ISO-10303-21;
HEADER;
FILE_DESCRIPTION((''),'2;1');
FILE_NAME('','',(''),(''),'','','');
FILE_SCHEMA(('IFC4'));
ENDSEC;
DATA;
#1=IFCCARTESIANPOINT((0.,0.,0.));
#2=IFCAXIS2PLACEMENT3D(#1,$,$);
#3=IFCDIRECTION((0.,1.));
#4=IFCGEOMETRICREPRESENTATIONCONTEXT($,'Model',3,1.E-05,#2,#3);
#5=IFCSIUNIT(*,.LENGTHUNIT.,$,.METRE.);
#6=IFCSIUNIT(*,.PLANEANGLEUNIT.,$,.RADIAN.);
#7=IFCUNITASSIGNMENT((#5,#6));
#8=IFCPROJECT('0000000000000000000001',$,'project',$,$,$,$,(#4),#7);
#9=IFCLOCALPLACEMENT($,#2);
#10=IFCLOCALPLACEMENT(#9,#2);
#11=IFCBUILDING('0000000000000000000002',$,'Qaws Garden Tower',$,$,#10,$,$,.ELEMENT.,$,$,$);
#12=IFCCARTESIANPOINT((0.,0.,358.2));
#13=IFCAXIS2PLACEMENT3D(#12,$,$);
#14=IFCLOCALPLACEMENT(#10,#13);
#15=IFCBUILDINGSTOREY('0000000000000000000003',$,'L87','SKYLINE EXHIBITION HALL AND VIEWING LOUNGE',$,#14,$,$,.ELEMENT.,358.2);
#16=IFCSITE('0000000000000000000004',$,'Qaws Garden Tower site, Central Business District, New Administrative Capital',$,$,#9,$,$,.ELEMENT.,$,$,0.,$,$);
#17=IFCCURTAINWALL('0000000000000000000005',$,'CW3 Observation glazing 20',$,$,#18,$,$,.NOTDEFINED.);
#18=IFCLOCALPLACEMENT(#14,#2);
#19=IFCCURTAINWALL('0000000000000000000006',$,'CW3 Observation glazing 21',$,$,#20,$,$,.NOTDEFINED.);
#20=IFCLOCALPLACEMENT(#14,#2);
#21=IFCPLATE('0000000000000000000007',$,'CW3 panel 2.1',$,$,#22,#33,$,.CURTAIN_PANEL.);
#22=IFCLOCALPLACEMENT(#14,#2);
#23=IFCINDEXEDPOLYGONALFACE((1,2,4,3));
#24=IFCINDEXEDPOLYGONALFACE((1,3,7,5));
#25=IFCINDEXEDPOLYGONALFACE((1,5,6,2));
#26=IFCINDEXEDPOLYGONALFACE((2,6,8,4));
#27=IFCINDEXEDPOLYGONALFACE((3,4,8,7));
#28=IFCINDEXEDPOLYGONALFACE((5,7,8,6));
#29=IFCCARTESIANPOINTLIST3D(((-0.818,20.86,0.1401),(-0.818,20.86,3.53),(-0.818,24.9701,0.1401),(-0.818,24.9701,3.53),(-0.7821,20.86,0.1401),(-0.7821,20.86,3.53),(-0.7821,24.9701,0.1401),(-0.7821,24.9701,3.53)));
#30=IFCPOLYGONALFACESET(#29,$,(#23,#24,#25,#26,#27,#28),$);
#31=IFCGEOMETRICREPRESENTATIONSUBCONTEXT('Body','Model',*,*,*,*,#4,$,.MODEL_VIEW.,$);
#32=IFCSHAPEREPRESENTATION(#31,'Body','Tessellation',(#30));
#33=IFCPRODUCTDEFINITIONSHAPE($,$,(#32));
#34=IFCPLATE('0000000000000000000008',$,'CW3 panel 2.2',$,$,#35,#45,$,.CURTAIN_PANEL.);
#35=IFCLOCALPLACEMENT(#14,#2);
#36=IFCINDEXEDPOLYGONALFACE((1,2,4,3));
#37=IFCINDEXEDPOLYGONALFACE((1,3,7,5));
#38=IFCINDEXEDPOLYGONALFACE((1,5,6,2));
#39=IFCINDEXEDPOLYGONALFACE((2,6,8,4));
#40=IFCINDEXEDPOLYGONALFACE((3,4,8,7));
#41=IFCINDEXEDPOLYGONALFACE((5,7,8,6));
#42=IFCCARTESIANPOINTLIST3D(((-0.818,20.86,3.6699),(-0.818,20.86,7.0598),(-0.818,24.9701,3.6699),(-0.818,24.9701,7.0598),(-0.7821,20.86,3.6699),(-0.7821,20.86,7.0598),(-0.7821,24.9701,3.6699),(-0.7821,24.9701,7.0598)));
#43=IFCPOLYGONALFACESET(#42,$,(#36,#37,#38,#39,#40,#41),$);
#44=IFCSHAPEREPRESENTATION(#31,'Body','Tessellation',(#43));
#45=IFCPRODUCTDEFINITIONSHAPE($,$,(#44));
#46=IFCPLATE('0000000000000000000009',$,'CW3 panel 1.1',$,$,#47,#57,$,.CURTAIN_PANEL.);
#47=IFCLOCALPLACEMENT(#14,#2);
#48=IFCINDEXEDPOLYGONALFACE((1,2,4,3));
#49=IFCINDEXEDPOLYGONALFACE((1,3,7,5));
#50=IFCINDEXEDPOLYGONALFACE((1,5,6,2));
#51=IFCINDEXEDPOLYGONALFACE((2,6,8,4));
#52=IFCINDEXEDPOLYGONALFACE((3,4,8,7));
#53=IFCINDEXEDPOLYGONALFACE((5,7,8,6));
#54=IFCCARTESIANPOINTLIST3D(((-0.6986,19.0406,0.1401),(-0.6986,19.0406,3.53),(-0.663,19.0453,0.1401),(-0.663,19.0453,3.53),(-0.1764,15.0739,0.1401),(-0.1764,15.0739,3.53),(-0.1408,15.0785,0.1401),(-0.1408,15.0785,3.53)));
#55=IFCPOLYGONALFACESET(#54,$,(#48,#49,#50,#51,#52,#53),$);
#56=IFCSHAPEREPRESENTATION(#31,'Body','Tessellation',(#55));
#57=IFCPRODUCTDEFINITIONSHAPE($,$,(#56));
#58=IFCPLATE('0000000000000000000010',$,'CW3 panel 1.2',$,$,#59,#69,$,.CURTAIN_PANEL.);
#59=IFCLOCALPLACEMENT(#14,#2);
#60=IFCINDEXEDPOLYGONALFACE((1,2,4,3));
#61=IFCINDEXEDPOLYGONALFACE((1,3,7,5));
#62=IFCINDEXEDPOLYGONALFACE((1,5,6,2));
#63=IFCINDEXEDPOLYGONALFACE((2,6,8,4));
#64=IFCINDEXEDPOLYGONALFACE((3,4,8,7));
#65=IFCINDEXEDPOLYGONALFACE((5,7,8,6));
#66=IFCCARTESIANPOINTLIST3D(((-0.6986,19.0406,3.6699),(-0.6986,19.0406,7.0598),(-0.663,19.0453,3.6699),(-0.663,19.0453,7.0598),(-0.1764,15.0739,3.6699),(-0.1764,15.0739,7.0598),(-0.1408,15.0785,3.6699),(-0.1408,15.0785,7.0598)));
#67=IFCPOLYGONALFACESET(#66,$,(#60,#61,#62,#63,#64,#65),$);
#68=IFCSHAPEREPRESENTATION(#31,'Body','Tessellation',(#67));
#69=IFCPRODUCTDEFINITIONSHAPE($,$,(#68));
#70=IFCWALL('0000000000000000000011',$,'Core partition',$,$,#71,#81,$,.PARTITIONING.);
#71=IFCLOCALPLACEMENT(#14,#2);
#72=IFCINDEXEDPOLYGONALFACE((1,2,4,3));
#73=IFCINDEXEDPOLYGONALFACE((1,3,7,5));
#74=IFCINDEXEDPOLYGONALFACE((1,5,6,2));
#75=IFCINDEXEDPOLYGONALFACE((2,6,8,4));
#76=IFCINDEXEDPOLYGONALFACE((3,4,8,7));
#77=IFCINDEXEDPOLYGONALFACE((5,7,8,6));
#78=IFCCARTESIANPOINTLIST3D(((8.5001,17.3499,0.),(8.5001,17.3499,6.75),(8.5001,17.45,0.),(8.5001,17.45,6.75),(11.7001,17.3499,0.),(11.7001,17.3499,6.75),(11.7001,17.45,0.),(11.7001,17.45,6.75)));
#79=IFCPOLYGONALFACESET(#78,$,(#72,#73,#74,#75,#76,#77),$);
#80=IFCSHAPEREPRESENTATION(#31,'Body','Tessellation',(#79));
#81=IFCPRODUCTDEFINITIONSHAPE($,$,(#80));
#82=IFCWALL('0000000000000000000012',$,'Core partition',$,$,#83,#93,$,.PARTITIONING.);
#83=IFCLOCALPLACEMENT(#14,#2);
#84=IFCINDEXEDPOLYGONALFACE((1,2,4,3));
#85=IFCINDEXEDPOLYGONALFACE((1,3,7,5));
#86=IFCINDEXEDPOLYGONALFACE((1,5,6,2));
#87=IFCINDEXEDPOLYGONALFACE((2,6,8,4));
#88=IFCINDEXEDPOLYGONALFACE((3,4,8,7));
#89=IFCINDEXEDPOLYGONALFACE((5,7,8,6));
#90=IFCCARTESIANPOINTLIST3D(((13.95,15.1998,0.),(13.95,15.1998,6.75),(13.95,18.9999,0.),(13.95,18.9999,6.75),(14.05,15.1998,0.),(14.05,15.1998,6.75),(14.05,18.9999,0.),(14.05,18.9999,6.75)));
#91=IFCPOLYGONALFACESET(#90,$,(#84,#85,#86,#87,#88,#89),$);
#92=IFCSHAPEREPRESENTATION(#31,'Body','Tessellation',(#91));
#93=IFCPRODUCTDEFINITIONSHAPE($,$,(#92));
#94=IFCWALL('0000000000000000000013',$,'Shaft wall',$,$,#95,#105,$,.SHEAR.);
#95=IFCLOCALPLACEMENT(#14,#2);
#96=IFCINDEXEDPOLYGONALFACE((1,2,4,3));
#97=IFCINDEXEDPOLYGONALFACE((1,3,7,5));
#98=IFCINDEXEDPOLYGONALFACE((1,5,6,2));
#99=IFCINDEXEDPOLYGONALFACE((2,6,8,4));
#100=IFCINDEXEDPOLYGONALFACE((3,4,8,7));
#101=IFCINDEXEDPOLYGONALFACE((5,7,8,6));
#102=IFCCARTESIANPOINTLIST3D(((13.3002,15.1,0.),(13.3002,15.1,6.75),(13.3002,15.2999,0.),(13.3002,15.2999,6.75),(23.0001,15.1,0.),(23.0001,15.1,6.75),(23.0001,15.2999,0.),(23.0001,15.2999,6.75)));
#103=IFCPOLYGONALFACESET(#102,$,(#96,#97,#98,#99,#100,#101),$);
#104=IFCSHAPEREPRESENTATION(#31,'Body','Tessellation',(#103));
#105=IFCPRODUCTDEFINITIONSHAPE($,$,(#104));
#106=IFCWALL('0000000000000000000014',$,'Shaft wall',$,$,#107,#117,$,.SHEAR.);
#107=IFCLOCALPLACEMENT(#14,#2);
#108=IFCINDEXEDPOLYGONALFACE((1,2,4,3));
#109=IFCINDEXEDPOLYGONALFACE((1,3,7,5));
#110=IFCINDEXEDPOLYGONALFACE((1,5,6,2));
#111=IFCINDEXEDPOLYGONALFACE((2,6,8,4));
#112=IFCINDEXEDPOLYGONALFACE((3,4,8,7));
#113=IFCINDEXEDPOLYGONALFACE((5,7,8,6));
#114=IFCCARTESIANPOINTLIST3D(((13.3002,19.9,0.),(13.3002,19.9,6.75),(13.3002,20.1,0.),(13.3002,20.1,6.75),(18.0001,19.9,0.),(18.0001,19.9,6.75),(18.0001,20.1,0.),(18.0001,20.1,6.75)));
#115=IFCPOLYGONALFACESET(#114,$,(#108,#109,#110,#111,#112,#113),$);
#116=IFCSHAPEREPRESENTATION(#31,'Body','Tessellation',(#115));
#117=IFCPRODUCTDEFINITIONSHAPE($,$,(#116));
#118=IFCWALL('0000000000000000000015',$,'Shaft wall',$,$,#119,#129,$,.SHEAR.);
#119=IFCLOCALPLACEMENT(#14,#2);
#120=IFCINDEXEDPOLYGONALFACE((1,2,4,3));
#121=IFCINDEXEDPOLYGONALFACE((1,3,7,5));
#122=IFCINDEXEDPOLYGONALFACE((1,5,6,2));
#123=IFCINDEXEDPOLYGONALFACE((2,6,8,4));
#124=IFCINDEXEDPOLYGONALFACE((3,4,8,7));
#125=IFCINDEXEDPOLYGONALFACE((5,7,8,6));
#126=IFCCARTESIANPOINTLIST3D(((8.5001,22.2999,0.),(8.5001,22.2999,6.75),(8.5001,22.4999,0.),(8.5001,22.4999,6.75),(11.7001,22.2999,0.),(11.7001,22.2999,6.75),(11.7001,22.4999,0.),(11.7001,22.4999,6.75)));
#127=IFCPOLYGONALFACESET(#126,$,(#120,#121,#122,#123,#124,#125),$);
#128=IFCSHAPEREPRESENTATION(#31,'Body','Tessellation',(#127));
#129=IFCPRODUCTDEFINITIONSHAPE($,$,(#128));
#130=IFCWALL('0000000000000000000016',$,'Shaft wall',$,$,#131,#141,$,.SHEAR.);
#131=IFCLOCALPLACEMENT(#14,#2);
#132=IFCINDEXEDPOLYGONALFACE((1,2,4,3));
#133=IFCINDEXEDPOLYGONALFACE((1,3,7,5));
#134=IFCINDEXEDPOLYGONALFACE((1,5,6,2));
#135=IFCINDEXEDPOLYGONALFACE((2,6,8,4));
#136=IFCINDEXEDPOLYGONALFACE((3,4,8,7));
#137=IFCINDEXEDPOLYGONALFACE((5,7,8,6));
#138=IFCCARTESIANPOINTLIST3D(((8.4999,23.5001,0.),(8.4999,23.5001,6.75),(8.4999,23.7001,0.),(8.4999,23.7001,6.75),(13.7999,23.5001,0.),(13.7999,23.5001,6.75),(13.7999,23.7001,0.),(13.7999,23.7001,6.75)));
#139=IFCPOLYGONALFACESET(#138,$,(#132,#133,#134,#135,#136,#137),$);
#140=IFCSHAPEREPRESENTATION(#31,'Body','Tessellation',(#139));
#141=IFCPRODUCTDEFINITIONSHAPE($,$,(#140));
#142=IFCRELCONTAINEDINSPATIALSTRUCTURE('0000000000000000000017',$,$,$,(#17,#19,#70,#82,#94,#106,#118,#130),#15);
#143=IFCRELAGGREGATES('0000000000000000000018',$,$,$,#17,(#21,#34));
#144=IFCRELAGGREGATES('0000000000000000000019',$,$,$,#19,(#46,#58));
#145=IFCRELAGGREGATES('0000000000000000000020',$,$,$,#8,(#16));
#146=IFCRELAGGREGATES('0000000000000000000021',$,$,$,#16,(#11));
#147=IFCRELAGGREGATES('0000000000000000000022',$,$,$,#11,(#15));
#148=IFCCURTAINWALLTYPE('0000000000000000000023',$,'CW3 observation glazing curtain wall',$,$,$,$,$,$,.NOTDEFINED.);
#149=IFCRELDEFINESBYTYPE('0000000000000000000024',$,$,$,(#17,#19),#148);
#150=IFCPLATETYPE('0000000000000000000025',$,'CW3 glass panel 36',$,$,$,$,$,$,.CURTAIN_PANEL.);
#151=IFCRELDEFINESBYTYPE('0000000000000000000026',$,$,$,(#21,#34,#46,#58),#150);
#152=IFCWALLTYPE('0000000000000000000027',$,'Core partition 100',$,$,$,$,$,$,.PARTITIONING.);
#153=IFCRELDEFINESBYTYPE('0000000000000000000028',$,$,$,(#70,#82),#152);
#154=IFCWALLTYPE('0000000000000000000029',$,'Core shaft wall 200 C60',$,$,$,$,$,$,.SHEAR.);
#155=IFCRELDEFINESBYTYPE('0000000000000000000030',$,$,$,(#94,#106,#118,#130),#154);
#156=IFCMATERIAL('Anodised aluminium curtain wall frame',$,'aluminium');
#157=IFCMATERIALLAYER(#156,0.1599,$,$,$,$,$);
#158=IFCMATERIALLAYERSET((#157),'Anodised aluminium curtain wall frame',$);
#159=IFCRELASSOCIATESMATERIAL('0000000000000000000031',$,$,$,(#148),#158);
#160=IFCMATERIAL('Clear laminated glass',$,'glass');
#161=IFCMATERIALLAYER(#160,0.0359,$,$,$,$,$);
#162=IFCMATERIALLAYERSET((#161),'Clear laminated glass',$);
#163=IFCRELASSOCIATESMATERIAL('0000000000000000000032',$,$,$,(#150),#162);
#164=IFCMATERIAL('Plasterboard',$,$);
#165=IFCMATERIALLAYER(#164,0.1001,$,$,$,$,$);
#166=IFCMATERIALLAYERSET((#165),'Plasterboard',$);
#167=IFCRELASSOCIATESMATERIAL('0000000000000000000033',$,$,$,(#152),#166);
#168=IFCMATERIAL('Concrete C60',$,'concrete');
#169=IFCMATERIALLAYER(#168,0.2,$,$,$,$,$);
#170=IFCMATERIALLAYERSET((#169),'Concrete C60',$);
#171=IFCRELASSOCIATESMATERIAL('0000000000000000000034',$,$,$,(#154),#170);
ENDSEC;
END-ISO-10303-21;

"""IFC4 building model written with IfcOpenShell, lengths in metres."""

from ifc_helpers import new_model, si_unit, direction, frame, frame_2d, origin, origin_2d, place, context, subcontext, project, spatial, rectangle, extrude, material, layer, layer_set, type_object, element, aggregate, save


model = new_model("IFC4")

# Units and contexts
model_context = context("Model", 3, precision=1e-05, world=origin(), true_north=direction((0.0, 1.0)))
body_context = subcontext(model_context, "Body", "Model", "MODEL_VIEW")
ifc_project = project(units=[si_unit("LENGTHUNIT", "METRE"), si_unit("PLANEANGLEUNIT", "RADIAN")], contexts=[model_context])

# Site, building, storey
site_placement = place(None, origin())
site = spatial("IfcSite", under=ifc_project, at=site_placement, Name="Qaws Garden Tower site, Central Business District, New Administrative Capital", CompositionType="ELEMENT", RefElevation=0.0)
building_placement = place(site_placement, origin())
building = spatial("IfcBuilding", under=site, at=building_placement, Name="Qaws Garden Tower", CompositionType="ELEMENT")
storey_placement = place(building_placement, frame((0.0, 0.0, 358.2)))
storey = spatial("IfcBuildingStorey", under=building, at=storey_placement, Name="L87", Description="SKYLINE EXHIBITION HALL AND VIEWING LOUNGE", CompositionType="ELEMENT", Elevation=358.2)

# Curtain walls
ifc_material_1 = material(Name="Anodised aluminium curtain wall frame", Category="aluminium")
ifc_layer_1 = layer(ifc_material_1, 0.1599)
ifc_layer_set_1 = layer_set([ifc_layer_1], Name="Anodised aluminium curtain wall frame")
curtain_wall_type = type_object("IfcCurtainWallType", Name="CW3 observation glazing curtain wall", PredefinedType="NOTDEFINED", material=ifc_layer_set_1)
placement = place(storey_placement, origin())
curtain_wall_1 = element("IfcCurtainWall", 1, at=placement, inside=storey, type_object=curtain_wall_type, Name="CW3 Observation glazing 20", PredefinedType="NOTDEFINED")
curtain_wall_2 = element("IfcCurtainWall", 2, at=placement, inside=storey, type_object=curtain_wall_type, Name="CW3 Observation glazing 21", PredefinedType="NOTDEFINED")

# Plates
ifc_material_2 = material(Name="Clear laminated glass", Category="glass")
ifc_layer_2 = layer(ifc_material_2, 0.0359)
ifc_layer_set_2 = layer_set([ifc_layer_2], Name="Clear laminated glass")
plate_type = type_object("IfcPlateType", Name="CW3 glass panel 36", PredefinedType="CURTAIN_PANEL", material=ifc_layer_set_2)
plate_1_placement = place(storey_placement, frame((-0.8, 22.915, 0.1401), z_axis=(0.0, 0.0, 1.0), x_axis=(0.0, -1.0, 0.0)))
plate_1 = element("IfcPlate", 3, at=plate_1_placement, type_object=plate_type, Name="CW3 panel 2.1", PredefinedType="CURTAIN_PANEL", context=body_context, shape_type="SweptSolid", body=[
    extrude(rectangle(XDim=4.1101, YDim=0.0359, at=origin_2d()), origin(), (0.0, 0.0, 1.0), 3.3899),
])
plate_2_placement = place(storey_placement, frame((-0.8, 22.915, 3.6699), z_axis=(0.0, 0.0, 1.0), x_axis=(0.0, -1.0, 0.0)))
plate_2 = element("IfcPlate", 4, at=plate_2_placement, type_object=plate_type, Name="CW3 panel 2.2", PredefinedType="CURTAIN_PANEL", context=body_context, shape_type="SweptSolid", body=[
    extrude(rectangle(XDim=4.1101, YDim=0.0359, at=origin_2d()), origin(), (0.0, 0.0, 1.0), 3.3899),
])
aggregate(curtain_wall_1, [plate_1, plate_2])
plate_3_placement = place(storey_placement, frame((-0.4197, 17.0596, 0.1401), z_axis=(0.0, 0.0, 1.0), x_axis=(0.130526, -0.991445, 0.0)))
plate_3 = element("IfcPlate", 5, at=plate_3_placement, type_object=plate_type, Name="CW3 panel 1.1", PredefinedType="CURTAIN_PANEL", context=body_context, shape_type="SweptSolid", body=[
    extrude(rectangle(XDim=4.001, YDim=0.0359, at=origin_2d()), origin(), (0.0, 0.0, 1.0), 3.3899),
])
plate_4_placement = place(storey_placement, frame((-0.4197, 17.0596, 3.6699), z_axis=(0.0, 0.0, 1.0), x_axis=(0.130526, -0.991445, 0.0)))
plate_4 = element("IfcPlate", 6, at=plate_4_placement, type_object=plate_type, Name="CW3 panel 1.2", PredefinedType="CURTAIN_PANEL", context=body_context, shape_type="SweptSolid", body=[
    extrude(rectangle(XDim=4.001, YDim=0.0359, at=origin_2d()), origin(), (0.0, 0.0, 1.0), 3.3899),
])
aggregate(curtain_wall_2, [plate_3, plate_4])

# Walls
ifc_material_3 = material(Name="Plasterboard")
ifc_layer_3 = layer(ifc_material_3, 0.1001)
ifc_layer_set_3 = layer_set([ifc_layer_3], Name="Plasterboard")
wall_type_1 = type_object("IfcWallType", Name="Core partition 100", PredefinedType="PARTITIONING", material=ifc_layer_set_3)
wall_1_placement = place(storey_placement, frame((8.5, 17.3999, 0.0), z_axis=(0.0, 0.0, 1.0), x_axis=(1.0, 0.0, 0.0)))
element("IfcWall", 7, at=wall_1_placement, inside=storey, type_object=wall_type_1, Name="Core partition", PredefinedType="PARTITIONING", context=body_context, shape_type="SweptSolid", body=[
    extrude(rectangle(XDim=3.2, YDim=0.1001, at=frame_2d((1.6001, 0.0))), origin(), (0.0, 0.0, 1.0), 6.75),
])
wall_2_placement = place(storey_placement, frame((14.0, 15.2, 0.0), z_axis=(0.0, 0.0, 1.0), x_axis=(0.0, 1.0, 0.0)))
element("IfcWall", 8, at=wall_2_placement, inside=storey, type_object=wall_type_1, Name="Core partition", PredefinedType="PARTITIONING", context=body_context, shape_type="SweptSolid", body=[
    extrude(rectangle(XDim=3.8, YDim=0.1001, at=frame_2d((1.8999, 0.0))), origin(), (0.0, 0.0, 1.0), 6.75),
])
ifc_material_4 = material(Name="Concrete C60", Category="concrete")
ifc_layer_4 = layer(ifc_material_4, 0.2)
ifc_layer_set_4 = layer_set([ifc_layer_4], Name="Concrete C60")
wall_type_2 = type_object("IfcWallType", Name="Core shaft wall 200 C60", PredefinedType="SHEAR", material=ifc_layer_set_4)
wall_3_placement = place(storey_placement, frame((13.3, 15.2, 0.0), z_axis=(0.0, 0.0, 1.0), x_axis=(1.0, 0.0, 0.0)))
element("IfcWall", 9, at=wall_3_placement, inside=storey, type_object=wall_type_2, Name="Shaft wall", PredefinedType="SHEAR", context=body_context, shape_type="SweptSolid", body=[
    extrude(rectangle(XDim=9.7, YDim=0.2, at=frame_2d((4.8501, 0.0))), origin(), (0.0, 0.0, 1.0), 6.75),
])
wall_4_placement = place(storey_placement, frame((13.3, 20.0, 0.0), z_axis=(0.0, 0.0, 1.0), x_axis=(1.0, 0.0, 0.0)))
element("IfcWall", 10, at=wall_4_placement, inside=storey, type_object=wall_type_2, Name="Shaft wall", PredefinedType="SHEAR", context=body_context, shape_type="SweptSolid", body=[
    extrude(rectangle(XDim=4.7, YDim=0.2, at=frame_2d((2.3501, 0.0))), origin(), (0.0, 0.0, 1.0), 6.75),
])
wall_5_placement = place(storey_placement, frame((8.5, 22.3999, 0.0), z_axis=(0.0, 0.0, 1.0), x_axis=(1.0, 0.0, 0.0)))
element("IfcWall", 11, at=wall_5_placement, inside=storey, type_object=wall_type_2, Name="Shaft wall", PredefinedType="SHEAR", context=body_context, shape_type="SweptSolid", body=[
    extrude(rectangle(XDim=3.2, YDim=0.2, at=frame_2d((1.6001, 0.0))), origin(), (0.0, 0.0, 1.0), 6.75),
])
wall_6_placement = place(storey_placement, frame((8.5, 23.6001, 0.0), z_axis=(0.0, 0.0, 1.0), x_axis=(1.0, 0.0, 0.0)))
element("IfcWall", 12, at=wall_6_placement, inside=storey, type_object=wall_type_2, Name="Shaft wall", PredefinedType="SHEAR", context=body_context, shape_type="SweptSolid", body=[
    extrude(rectangle(XDim=5.3, YDim=0.2, at=frame_2d((2.6499, 0.0))), origin(), (0.0, 0.0, 1.0), 6.75),
])

save(model, "model.ifc")
